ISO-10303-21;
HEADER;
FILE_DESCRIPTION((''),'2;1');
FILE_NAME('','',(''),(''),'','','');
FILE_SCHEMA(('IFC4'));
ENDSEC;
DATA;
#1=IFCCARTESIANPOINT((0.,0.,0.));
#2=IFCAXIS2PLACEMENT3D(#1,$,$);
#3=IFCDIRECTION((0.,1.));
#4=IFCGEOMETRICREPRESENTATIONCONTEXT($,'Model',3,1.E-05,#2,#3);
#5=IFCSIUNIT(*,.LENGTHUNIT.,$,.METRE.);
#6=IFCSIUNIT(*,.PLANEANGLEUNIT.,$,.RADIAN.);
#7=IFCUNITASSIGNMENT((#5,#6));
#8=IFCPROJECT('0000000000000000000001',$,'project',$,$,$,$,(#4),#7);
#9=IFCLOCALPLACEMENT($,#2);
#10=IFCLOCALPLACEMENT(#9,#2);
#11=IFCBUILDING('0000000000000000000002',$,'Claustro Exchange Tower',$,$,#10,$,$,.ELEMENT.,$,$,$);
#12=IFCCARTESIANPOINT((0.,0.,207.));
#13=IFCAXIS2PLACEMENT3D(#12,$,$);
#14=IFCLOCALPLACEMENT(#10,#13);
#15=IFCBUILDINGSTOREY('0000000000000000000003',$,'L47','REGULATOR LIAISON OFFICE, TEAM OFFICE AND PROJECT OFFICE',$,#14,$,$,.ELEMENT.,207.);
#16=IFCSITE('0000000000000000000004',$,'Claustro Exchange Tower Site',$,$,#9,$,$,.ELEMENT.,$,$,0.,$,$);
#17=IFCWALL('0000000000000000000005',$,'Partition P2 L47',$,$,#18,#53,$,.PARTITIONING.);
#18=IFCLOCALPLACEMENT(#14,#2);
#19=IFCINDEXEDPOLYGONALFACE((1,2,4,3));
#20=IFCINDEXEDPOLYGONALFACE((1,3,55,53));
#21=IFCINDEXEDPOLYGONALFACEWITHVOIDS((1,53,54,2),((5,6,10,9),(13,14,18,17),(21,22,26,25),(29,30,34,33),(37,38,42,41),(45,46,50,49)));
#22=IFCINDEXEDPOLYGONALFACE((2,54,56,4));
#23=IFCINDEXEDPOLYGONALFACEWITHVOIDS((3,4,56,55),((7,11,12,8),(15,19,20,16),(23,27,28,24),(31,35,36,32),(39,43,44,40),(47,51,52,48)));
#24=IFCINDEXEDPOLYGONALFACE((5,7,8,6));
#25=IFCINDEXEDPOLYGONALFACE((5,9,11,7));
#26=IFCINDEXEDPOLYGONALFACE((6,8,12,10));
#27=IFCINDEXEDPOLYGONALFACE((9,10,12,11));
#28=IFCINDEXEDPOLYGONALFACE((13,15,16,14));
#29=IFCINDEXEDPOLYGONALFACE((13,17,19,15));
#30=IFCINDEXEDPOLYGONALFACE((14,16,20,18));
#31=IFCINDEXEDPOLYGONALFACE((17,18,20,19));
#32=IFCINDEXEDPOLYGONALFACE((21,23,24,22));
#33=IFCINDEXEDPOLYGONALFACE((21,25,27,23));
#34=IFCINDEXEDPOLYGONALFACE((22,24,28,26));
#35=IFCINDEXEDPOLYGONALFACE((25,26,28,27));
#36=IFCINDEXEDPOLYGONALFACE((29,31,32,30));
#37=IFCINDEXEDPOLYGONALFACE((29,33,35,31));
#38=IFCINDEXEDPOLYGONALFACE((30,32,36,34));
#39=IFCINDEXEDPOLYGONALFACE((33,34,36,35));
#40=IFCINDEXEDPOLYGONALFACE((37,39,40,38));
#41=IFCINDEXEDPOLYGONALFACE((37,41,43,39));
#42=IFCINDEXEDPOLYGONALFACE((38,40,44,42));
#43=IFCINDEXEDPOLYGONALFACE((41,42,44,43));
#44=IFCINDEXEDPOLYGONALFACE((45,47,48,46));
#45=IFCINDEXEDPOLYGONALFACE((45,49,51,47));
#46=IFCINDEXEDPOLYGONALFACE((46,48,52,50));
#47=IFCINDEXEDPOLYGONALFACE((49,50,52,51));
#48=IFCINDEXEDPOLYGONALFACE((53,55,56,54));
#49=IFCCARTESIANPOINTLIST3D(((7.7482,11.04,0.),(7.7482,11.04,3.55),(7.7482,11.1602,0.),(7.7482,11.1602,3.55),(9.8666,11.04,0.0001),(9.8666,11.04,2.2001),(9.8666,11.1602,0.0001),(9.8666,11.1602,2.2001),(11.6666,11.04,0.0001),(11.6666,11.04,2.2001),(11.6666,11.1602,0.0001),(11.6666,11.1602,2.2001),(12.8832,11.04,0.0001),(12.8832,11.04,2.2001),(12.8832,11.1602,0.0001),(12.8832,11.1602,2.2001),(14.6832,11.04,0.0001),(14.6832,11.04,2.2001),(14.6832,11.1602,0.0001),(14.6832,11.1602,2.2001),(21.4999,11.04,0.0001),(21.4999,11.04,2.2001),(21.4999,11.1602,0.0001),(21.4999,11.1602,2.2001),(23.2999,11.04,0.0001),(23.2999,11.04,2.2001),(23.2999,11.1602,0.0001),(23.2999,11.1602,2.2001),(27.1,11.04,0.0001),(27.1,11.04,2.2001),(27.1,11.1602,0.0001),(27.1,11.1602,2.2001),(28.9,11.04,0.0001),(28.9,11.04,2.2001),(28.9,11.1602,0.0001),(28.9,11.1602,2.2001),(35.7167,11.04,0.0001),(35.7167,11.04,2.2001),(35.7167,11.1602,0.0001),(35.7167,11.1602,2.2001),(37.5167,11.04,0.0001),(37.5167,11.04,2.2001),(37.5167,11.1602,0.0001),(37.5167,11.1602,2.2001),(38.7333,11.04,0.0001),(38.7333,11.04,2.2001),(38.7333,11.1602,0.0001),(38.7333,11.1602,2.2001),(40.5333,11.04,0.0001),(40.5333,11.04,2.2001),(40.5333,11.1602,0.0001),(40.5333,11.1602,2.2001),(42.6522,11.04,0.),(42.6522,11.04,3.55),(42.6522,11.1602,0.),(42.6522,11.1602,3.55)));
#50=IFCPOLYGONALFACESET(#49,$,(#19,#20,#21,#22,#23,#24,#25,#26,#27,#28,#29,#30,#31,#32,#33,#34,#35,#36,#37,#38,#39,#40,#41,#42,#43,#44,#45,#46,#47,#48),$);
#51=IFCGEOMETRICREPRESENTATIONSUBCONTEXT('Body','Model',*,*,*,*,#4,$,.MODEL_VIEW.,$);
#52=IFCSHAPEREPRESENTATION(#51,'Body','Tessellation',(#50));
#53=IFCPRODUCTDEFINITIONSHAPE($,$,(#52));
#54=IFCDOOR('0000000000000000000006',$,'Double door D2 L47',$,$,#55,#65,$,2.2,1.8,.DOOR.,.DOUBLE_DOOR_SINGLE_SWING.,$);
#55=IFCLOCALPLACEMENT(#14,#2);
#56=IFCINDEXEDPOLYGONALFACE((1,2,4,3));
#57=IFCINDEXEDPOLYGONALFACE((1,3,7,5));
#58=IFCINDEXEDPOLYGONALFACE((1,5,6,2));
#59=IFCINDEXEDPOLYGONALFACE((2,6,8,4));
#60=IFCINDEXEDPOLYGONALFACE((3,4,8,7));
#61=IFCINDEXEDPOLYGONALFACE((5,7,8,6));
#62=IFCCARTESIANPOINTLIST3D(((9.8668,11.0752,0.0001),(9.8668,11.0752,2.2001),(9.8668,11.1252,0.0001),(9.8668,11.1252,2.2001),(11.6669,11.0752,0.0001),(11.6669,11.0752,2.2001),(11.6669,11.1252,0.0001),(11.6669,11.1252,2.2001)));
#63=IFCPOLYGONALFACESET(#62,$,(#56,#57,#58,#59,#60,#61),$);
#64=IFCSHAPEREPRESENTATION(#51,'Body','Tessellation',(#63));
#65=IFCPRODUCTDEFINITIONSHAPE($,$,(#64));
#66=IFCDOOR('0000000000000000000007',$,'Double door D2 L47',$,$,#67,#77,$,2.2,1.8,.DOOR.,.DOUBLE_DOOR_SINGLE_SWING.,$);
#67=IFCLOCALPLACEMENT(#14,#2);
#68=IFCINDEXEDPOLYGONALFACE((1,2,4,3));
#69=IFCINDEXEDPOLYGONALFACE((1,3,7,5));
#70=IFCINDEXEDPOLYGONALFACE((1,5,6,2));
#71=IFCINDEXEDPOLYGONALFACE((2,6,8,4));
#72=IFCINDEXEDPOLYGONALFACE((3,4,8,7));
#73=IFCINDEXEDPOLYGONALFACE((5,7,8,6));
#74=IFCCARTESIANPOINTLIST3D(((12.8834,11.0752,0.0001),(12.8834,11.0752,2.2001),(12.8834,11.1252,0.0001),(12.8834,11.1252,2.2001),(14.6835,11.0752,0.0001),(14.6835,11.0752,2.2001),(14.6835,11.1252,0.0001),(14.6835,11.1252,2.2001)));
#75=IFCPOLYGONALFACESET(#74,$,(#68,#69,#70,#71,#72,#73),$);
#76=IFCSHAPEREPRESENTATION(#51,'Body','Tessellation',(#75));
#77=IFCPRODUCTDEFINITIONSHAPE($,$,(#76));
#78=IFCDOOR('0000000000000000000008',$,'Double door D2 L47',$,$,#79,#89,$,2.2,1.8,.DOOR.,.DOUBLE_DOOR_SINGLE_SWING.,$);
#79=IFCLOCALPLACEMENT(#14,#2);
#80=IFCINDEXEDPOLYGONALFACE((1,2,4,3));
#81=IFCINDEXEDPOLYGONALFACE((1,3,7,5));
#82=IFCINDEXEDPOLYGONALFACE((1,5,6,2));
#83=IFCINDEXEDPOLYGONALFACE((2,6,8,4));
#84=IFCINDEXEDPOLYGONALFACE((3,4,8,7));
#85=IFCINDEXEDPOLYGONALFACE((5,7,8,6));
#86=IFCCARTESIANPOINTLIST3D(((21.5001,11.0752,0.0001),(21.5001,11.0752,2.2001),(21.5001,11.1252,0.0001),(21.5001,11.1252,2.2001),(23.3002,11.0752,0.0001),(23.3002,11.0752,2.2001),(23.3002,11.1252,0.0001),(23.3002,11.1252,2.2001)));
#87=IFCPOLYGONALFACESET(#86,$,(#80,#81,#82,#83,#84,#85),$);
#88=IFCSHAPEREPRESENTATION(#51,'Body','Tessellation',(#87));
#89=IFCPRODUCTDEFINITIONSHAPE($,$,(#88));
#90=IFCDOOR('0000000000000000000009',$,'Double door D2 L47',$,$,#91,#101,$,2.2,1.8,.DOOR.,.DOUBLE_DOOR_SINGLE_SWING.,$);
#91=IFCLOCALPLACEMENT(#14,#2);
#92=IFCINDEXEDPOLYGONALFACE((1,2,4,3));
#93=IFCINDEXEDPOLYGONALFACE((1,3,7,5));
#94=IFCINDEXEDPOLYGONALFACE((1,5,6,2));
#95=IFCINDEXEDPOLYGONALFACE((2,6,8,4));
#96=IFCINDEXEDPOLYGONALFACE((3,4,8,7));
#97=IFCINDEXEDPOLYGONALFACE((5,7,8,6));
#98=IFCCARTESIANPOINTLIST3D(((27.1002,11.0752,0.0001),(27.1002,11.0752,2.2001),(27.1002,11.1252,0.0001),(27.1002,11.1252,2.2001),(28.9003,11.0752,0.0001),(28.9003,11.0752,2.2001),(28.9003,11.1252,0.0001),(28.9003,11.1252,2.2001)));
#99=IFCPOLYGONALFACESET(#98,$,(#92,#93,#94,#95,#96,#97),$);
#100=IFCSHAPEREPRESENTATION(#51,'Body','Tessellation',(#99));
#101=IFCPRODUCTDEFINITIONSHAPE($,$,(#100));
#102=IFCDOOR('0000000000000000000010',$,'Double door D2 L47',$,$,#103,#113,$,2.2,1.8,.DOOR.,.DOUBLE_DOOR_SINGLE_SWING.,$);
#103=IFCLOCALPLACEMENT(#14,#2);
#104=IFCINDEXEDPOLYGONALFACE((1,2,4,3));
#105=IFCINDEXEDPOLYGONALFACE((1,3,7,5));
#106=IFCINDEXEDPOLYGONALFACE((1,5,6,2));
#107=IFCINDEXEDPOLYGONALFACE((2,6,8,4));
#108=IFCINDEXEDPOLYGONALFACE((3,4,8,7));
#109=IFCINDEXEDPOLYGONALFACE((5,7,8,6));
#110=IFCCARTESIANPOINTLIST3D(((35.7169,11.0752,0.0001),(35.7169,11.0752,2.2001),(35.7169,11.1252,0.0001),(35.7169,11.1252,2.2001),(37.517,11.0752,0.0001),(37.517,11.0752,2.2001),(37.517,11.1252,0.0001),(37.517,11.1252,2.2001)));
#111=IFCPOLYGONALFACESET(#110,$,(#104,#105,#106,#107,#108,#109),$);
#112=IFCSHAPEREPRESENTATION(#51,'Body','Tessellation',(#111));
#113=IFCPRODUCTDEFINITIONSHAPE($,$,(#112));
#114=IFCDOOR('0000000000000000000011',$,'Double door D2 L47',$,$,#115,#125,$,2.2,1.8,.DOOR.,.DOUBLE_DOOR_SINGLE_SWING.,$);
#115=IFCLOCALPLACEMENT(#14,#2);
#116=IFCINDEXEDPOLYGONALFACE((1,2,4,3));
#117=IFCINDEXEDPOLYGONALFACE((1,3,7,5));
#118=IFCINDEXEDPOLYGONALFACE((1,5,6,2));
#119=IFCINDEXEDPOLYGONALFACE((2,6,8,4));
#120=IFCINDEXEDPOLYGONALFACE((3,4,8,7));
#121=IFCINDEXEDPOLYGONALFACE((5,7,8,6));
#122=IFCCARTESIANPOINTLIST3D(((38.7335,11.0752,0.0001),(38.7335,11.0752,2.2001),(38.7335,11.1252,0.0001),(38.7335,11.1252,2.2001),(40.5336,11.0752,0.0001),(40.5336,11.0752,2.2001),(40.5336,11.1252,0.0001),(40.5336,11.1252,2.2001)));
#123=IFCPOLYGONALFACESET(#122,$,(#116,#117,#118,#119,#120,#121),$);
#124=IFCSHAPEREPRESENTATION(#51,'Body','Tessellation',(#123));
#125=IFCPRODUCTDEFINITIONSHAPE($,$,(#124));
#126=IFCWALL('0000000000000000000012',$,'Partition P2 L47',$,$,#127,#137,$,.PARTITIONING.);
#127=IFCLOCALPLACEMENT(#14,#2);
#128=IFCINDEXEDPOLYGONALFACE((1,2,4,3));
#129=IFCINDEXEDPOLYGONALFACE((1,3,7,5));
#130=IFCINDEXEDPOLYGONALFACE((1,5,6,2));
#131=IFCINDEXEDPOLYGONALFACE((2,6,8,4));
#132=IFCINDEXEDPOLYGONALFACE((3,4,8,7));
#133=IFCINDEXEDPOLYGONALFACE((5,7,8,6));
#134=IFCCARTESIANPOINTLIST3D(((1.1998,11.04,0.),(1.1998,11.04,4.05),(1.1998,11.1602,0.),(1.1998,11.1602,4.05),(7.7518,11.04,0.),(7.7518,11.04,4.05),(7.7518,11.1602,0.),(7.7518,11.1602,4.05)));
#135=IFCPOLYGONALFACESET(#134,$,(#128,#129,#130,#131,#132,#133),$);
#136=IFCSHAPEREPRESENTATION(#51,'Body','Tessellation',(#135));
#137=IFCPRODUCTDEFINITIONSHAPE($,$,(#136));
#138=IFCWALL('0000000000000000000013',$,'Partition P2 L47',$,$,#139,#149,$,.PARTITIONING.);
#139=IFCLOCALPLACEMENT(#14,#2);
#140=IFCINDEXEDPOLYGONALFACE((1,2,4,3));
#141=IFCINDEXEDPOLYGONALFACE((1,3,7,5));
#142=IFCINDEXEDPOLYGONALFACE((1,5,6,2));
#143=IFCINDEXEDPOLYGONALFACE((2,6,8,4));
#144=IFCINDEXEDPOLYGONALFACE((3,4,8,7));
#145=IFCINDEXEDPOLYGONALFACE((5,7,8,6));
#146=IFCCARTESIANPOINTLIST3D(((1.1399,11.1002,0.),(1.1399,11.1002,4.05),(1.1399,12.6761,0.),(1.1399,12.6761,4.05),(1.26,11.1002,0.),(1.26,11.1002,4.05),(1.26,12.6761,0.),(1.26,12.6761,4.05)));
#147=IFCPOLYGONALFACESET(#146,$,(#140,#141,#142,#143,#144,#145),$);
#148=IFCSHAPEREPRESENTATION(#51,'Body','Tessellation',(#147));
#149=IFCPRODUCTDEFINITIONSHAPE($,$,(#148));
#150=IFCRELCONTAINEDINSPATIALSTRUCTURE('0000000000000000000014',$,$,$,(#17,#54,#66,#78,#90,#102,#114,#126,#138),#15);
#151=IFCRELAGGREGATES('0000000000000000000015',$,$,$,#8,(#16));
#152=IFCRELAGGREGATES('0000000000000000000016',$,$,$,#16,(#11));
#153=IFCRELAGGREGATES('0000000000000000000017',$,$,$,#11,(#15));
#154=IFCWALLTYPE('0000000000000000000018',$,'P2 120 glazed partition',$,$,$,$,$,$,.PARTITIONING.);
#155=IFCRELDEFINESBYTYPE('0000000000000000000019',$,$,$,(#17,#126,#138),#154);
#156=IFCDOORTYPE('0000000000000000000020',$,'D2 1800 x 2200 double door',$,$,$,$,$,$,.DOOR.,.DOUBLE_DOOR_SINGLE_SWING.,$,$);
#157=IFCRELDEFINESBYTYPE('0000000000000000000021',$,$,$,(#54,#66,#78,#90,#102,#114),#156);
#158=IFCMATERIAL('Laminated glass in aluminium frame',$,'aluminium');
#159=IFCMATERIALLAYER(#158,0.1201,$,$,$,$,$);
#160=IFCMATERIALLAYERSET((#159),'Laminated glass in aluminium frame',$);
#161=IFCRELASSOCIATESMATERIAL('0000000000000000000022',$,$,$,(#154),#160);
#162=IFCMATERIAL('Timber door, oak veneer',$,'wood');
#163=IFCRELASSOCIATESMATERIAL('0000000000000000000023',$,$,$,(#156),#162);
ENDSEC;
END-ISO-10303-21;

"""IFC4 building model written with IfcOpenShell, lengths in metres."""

from ifc_helpers import new_model, si_unit, direction, frame, frame_2d, origin, place, context, subcontext, project, spatial, rectangle, extrude, material, layer, layer_set, type_object, element, fill, save


model = new_model("IFC4")

# Units and contexts
model_context = context("Model", 3, precision=1e-05, world=origin(), true_north=direction((0.0, 1.0)))
body_context = subcontext(model_context, "Body", "Model", "MODEL_VIEW")
ifc_project = project(units=[si_unit("LENGTHUNIT", "METRE"), si_unit("PLANEANGLEUNIT", "RADIAN")], contexts=[model_context])

# Site, building, storey
site_placement = place(None, origin())
site = spatial("IfcSite", under=ifc_project, at=site_placement, Name="Claustro Exchange Tower Site", CompositionType="ELEMENT", RefElevation=0.0)
building_placement = place(site_placement, origin())
building = spatial("IfcBuilding", under=site, at=building_placement, Name="Claustro Exchange Tower", CompositionType="ELEMENT")
storey_placement = place(building_placement, frame((0.0, 0.0, 207.0)))
storey = spatial("IfcBuildingStorey", under=building, at=storey_placement, Name="L47", Description="REGULATOR LIAISON OFFICE, TEAM OFFICE AND PROJECT OFFICE", CompositionType="ELEMENT", Elevation=207.0)

# Wall, openings, doors
ifc_material_1 = material(Name="Laminated glass in aluminium frame", Category="aluminium")
ifc_layer_1 = layer(ifc_material_1, 0.1201)
ifc_layer_set_1 = layer_set([ifc_layer_1], Name="Laminated glass in aluminium frame")
wall_type_1 = type_object("IfcWallType", Name="P2 120 glazed partition", PredefinedType="PARTITIONING", material=ifc_layer_set_1)
wall_1_placement = place(storey_placement, frame((7.748, 11.1001, 0.0), z_axis=(0.0, 0.0, 1.0), x_axis=(1.0, 0.0, 0.0)))
wall_1 = element("IfcWall", 1, at=wall_1_placement, inside=storey, type_object=wall_type_1, Name="Partition P2 L47", PredefinedType="PARTITIONING", context=body_context, shape_type="SweptSolid", body=[
    extrude(rectangle(XDim=34.9041, YDim=0.1201, at=frame_2d((17.4521, 0.0))), origin(), (0.0, 0.0, 1.0), 3.55),
])
opening_1_placement = place(wall_1_placement, frame((2.1187, 0.0, 0.0)))
opening_1 = element("IfcOpeningElement", 2, at=opening_1_placement, cuts=wall_1, PredefinedType="OPENING", context=body_context, shape_type="SweptSolid", body=[
    extrude(rectangle(XDim=1.8, YDim=2.2, at=frame_2d((0.8999, 1.1001))), frame((0.0, 0.0701, 0.0), z_axis=(0.0, -1.0, 0.0), x_axis=(1.0, 0.0, 0.0)), (0.0, 0.0, 1.0), 0.1401),
])
opening_2_placement = place(wall_1_placement, frame((5.1353, 0.0, 0.0)))
opening_2 = element("IfcOpeningElement", 3, at=opening_2_placement, cuts=wall_1, PredefinedType="OPENING", context=body_context, shape_type="SweptSolid", body=[
    extrude(rectangle(XDim=1.8, YDim=2.2, at=frame_2d((0.8999, 1.1001))), frame((0.0, 0.0701, 0.0), z_axis=(0.0, -1.0, 0.0), x_axis=(1.0, 0.0, 0.0)), (0.0, 0.0, 1.0), 0.1401),
])
opening_3_placement = place(wall_1_placement, frame((13.752, 0.0, 0.0)))
opening_3 = element("IfcOpeningElement", 4, at=opening_3_placement, cuts=wall_1, PredefinedType="OPENING", context=body_context, shape_type="SweptSolid", body=[
    extrude(rectangle(XDim=1.8, YDim=2.2, at=frame_2d((0.8999, 1.1001))), frame((0.0, 0.0701, 0.0), z_axis=(0.0, -1.0, 0.0), x_axis=(1.0, 0.0, 0.0)), (0.0, 0.0, 1.0), 0.1401),
])
opening_4_placement = place(wall_1_placement, frame((19.3521, 0.0, 0.0)))
opening_4 = element("IfcOpeningElement", 5, at=opening_4_placement, cuts=wall_1, PredefinedType="OPENING", context=body_context, shape_type="SweptSolid", body=[
    extrude(rectangle(XDim=1.8, YDim=2.2, at=frame_2d((0.8999, 1.1001))), frame((0.0, 0.0701, 0.0), z_axis=(0.0, -1.0, 0.0), x_axis=(1.0, 0.0, 0.0)), (0.0, 0.0, 1.0), 0.1401),
])
opening_5_placement = place(wall_1_placement, frame((27.9688, 0.0, 0.0)))
opening_5 = element("IfcOpeningElement", 6, at=opening_5_placement, cuts=wall_1, PredefinedType="OPENING", context=body_context, shape_type="SweptSolid", body=[
    extrude(rectangle(XDim=1.8, YDim=2.2, at=frame_2d((0.8999, 1.1001))), frame((0.0, 0.0701, 0.0), z_axis=(0.0, -1.0, 0.0), x_axis=(1.0, 0.0, 0.0)), (0.0, 0.0, 1.0), 0.1401),
])
opening_6_placement = place(wall_1_placement, frame((30.9854, 0.0, 0.0)))
opening_6 = element("IfcOpeningElement", 7, at=opening_6_placement, cuts=wall_1, PredefinedType="OPENING", context=body_context, shape_type="SweptSolid", body=[
    extrude(rectangle(XDim=1.8, YDim=2.2, at=frame_2d((0.8999, 1.1001))), frame((0.0, 0.0701, 0.0), z_axis=(0.0, -1.0, 0.0), x_axis=(1.0, 0.0, 0.0)), (0.0, 0.0, 1.0), 0.1401),
])
ifc_material_2 = material(Name="Timber door, oak veneer", Category="wood")
door_type_1 = type_object("IfcDoorType", Name="D2 1800 x 2200 double door", OperationType="DOUBLE_DOOR_SINGLE_SWING", PredefinedType="DOOR", material=ifc_material_2)
door_1_placement = place(opening_1_placement, frame((1.8, 0.0, 0.0), z_axis=(0.0, 0.0, 1.0), x_axis=(-1.0, 0.0, 0.0)))
door_1 = element("IfcDoor", 8, at=door_1_placement, inside=storey, type_object=door_type_1, Name="Double door D2 L47", OperationType="DOUBLE_DOOR_SINGLE_SWING", OverallHeight=2.2, OverallWidth=1.8, PredefinedType="DOOR", context=body_context, shape_type="SweptSolid", body=[
    extrude(rectangle(XDim=1.8, YDim=2.2, at=frame_2d((0.8999, 1.1001))), frame((0.0, 0.0249, 0.0), z_axis=(0.0, -1.0, 0.0), x_axis=(1.0, 0.0, 0.0)), (0.0, 0.0, 1.0), 0.05),
])
fill(opening_1, door_1)
door_2_placement = place(opening_2_placement, frame((1.8, 0.0, 0.0), z_axis=(0.0, 0.0, 1.0), x_axis=(-1.0, 0.0, 0.0)))
door_2 = element("IfcDoor", 9, at=door_2_placement, inside=storey, type_object=door_type_1, Name="Double door D2 L47", OperationType="DOUBLE_DOOR_SINGLE_SWING", OverallHeight=2.2, OverallWidth=1.8, PredefinedType="DOOR", context=body_context, shape_type="SweptSolid", body=[
    extrude(rectangle(XDim=1.8, YDim=2.2, at=frame_2d((0.8999, 1.1001))), frame((0.0, 0.0249, 0.0), z_axis=(0.0, -1.0, 0.0), x_axis=(1.0, 0.0, 0.0)), (0.0, 0.0, 1.0), 0.05),
])
fill(opening_2, door_2)
door_3_placement = place(opening_3_placement, frame((1.8, 0.0, 0.0), z_axis=(0.0, 0.0, 1.0), x_axis=(-1.0, 0.0, 0.0)))
door_3 = element("IfcDoor", 10, at=door_3_placement, inside=storey, type_object=door_type_1, Name="Double door D2 L47", OperationType="DOUBLE_DOOR_SINGLE_SWING", OverallHeight=2.2, OverallWidth=1.8, PredefinedType="DOOR", context=body_context, shape_type="SweptSolid", body=[
    extrude(rectangle(XDim=1.8, YDim=2.2, at=frame_2d((0.8999, 1.1001))), frame((0.0, 0.0249, 0.0), z_axis=(0.0, -1.0, 0.0), x_axis=(1.0, 0.0, 0.0)), (0.0, 0.0, 1.0), 0.05),
])
fill(opening_3, door_3)
door_4_placement = place(opening_4_placement, frame((1.8, 0.0, 0.0), z_axis=(0.0, 0.0, 1.0), x_axis=(-1.0, 0.0, 0.0)))
door_4 = element("IfcDoor", 11, at=door_4_placement, inside=storey, type_object=door_type_1, Name="Double door D2 L47", OperationType="DOUBLE_DOOR_SINGLE_SWING", OverallHeight=2.2, OverallWidth=1.8, PredefinedType="DOOR", context=body_context, shape_type="SweptSolid", body=[
    extrude(rectangle(XDim=1.8, YDim=2.2, at=frame_2d((0.8999, 1.1001))), frame((0.0, 0.0249, 0.0), z_axis=(0.0, -1.0, 0.0), x_axis=(1.0, 0.0, 0.0)), (0.0, 0.0, 1.0), 0.05),
])
fill(opening_4, door_4)
door_5_placement = place(opening_5_placement, frame((1.8, 0.0, 0.0), z_axis=(0.0, 0.0, 1.0), x_axis=(-1.0, 0.0, 0.0)))
door_5 = element("IfcDoor", 12, at=door_5_placement, inside=storey, type_object=door_type_1, Name="Double door D2 L47", OperationType="DOUBLE_DOOR_SINGLE_SWING", OverallHeight=2.2, OverallWidth=1.8, PredefinedType="DOOR", context=body_context, shape_type="SweptSolid", body=[
    extrude(rectangle(XDim=1.8, YDim=2.2, at=frame_2d((0.8999, 1.1001))), frame((0.0, 0.0249, 0.0), z_axis=(0.0, -1.0, 0.0), x_axis=(1.0, 0.0, 0.0)), (0.0, 0.0, 1.0), 0.05),
])
fill(opening_5, door_5)
door_6_placement = place(opening_6_placement, frame((1.8, 0.0, 0.0), z_axis=(0.0, 0.0, 1.0), x_axis=(-1.0, 0.0, 0.0)))
door_6 = element("IfcDoor", 13, at=door_6_placement, inside=storey, type_object=door_type_1, Name="Double door D2 L47", OperationType="DOUBLE_DOOR_SINGLE_SWING", OverallHeight=2.2, OverallWidth=1.8, PredefinedType="DOOR", context=body_context, shape_type="SweptSolid", body=[
    extrude(rectangle(XDim=1.8, YDim=2.2, at=frame_2d((0.8999, 1.1001))), frame((0.0, 0.0249, 0.0), z_axis=(0.0, -1.0, 0.0), x_axis=(1.0, 0.0, 0.0)), (0.0, 0.0, 1.0), 0.05),
])
fill(opening_6, door_6)

# Walls
wall_2_placement = place(storey_placement, frame((1.2, 11.1001, 0.0), z_axis=(0.0, 0.0, 1.0), x_axis=(1.0, 0.0, 0.0)))
element("IfcWall", 14, at=wall_2_placement, inside=storey, type_object=wall_type_1, Name="Partition P2 L47", PredefinedType="PARTITIONING", context=body_context, shape_type="SweptSolid", body=[
    extrude(rectangle(XDim=6.552, YDim=0.1201, at=frame_2d((3.2759, 0.0))), origin(), (0.0, 0.0, 1.0), 4.05),
])
wall_3_placement = place(storey_placement, frame((1.2, 11.1001, 0.0), z_axis=(0.0, 0.0, 1.0), x_axis=(0.0, 1.0, 0.0)))
element("IfcWall", 15, at=wall_3_placement, inside=storey, type_object=wall_type_1, Name="Partition P2 L47", PredefinedType="PARTITIONING", context=body_context, shape_type="SweptSolid", body=[
    extrude(rectangle(XDim=1.5759, YDim=0.1201, at=frame_2d((0.7881, 0.0))), origin(), (0.0, 0.0, 1.0), 4.05),
])

save(model, "model.ifc")
